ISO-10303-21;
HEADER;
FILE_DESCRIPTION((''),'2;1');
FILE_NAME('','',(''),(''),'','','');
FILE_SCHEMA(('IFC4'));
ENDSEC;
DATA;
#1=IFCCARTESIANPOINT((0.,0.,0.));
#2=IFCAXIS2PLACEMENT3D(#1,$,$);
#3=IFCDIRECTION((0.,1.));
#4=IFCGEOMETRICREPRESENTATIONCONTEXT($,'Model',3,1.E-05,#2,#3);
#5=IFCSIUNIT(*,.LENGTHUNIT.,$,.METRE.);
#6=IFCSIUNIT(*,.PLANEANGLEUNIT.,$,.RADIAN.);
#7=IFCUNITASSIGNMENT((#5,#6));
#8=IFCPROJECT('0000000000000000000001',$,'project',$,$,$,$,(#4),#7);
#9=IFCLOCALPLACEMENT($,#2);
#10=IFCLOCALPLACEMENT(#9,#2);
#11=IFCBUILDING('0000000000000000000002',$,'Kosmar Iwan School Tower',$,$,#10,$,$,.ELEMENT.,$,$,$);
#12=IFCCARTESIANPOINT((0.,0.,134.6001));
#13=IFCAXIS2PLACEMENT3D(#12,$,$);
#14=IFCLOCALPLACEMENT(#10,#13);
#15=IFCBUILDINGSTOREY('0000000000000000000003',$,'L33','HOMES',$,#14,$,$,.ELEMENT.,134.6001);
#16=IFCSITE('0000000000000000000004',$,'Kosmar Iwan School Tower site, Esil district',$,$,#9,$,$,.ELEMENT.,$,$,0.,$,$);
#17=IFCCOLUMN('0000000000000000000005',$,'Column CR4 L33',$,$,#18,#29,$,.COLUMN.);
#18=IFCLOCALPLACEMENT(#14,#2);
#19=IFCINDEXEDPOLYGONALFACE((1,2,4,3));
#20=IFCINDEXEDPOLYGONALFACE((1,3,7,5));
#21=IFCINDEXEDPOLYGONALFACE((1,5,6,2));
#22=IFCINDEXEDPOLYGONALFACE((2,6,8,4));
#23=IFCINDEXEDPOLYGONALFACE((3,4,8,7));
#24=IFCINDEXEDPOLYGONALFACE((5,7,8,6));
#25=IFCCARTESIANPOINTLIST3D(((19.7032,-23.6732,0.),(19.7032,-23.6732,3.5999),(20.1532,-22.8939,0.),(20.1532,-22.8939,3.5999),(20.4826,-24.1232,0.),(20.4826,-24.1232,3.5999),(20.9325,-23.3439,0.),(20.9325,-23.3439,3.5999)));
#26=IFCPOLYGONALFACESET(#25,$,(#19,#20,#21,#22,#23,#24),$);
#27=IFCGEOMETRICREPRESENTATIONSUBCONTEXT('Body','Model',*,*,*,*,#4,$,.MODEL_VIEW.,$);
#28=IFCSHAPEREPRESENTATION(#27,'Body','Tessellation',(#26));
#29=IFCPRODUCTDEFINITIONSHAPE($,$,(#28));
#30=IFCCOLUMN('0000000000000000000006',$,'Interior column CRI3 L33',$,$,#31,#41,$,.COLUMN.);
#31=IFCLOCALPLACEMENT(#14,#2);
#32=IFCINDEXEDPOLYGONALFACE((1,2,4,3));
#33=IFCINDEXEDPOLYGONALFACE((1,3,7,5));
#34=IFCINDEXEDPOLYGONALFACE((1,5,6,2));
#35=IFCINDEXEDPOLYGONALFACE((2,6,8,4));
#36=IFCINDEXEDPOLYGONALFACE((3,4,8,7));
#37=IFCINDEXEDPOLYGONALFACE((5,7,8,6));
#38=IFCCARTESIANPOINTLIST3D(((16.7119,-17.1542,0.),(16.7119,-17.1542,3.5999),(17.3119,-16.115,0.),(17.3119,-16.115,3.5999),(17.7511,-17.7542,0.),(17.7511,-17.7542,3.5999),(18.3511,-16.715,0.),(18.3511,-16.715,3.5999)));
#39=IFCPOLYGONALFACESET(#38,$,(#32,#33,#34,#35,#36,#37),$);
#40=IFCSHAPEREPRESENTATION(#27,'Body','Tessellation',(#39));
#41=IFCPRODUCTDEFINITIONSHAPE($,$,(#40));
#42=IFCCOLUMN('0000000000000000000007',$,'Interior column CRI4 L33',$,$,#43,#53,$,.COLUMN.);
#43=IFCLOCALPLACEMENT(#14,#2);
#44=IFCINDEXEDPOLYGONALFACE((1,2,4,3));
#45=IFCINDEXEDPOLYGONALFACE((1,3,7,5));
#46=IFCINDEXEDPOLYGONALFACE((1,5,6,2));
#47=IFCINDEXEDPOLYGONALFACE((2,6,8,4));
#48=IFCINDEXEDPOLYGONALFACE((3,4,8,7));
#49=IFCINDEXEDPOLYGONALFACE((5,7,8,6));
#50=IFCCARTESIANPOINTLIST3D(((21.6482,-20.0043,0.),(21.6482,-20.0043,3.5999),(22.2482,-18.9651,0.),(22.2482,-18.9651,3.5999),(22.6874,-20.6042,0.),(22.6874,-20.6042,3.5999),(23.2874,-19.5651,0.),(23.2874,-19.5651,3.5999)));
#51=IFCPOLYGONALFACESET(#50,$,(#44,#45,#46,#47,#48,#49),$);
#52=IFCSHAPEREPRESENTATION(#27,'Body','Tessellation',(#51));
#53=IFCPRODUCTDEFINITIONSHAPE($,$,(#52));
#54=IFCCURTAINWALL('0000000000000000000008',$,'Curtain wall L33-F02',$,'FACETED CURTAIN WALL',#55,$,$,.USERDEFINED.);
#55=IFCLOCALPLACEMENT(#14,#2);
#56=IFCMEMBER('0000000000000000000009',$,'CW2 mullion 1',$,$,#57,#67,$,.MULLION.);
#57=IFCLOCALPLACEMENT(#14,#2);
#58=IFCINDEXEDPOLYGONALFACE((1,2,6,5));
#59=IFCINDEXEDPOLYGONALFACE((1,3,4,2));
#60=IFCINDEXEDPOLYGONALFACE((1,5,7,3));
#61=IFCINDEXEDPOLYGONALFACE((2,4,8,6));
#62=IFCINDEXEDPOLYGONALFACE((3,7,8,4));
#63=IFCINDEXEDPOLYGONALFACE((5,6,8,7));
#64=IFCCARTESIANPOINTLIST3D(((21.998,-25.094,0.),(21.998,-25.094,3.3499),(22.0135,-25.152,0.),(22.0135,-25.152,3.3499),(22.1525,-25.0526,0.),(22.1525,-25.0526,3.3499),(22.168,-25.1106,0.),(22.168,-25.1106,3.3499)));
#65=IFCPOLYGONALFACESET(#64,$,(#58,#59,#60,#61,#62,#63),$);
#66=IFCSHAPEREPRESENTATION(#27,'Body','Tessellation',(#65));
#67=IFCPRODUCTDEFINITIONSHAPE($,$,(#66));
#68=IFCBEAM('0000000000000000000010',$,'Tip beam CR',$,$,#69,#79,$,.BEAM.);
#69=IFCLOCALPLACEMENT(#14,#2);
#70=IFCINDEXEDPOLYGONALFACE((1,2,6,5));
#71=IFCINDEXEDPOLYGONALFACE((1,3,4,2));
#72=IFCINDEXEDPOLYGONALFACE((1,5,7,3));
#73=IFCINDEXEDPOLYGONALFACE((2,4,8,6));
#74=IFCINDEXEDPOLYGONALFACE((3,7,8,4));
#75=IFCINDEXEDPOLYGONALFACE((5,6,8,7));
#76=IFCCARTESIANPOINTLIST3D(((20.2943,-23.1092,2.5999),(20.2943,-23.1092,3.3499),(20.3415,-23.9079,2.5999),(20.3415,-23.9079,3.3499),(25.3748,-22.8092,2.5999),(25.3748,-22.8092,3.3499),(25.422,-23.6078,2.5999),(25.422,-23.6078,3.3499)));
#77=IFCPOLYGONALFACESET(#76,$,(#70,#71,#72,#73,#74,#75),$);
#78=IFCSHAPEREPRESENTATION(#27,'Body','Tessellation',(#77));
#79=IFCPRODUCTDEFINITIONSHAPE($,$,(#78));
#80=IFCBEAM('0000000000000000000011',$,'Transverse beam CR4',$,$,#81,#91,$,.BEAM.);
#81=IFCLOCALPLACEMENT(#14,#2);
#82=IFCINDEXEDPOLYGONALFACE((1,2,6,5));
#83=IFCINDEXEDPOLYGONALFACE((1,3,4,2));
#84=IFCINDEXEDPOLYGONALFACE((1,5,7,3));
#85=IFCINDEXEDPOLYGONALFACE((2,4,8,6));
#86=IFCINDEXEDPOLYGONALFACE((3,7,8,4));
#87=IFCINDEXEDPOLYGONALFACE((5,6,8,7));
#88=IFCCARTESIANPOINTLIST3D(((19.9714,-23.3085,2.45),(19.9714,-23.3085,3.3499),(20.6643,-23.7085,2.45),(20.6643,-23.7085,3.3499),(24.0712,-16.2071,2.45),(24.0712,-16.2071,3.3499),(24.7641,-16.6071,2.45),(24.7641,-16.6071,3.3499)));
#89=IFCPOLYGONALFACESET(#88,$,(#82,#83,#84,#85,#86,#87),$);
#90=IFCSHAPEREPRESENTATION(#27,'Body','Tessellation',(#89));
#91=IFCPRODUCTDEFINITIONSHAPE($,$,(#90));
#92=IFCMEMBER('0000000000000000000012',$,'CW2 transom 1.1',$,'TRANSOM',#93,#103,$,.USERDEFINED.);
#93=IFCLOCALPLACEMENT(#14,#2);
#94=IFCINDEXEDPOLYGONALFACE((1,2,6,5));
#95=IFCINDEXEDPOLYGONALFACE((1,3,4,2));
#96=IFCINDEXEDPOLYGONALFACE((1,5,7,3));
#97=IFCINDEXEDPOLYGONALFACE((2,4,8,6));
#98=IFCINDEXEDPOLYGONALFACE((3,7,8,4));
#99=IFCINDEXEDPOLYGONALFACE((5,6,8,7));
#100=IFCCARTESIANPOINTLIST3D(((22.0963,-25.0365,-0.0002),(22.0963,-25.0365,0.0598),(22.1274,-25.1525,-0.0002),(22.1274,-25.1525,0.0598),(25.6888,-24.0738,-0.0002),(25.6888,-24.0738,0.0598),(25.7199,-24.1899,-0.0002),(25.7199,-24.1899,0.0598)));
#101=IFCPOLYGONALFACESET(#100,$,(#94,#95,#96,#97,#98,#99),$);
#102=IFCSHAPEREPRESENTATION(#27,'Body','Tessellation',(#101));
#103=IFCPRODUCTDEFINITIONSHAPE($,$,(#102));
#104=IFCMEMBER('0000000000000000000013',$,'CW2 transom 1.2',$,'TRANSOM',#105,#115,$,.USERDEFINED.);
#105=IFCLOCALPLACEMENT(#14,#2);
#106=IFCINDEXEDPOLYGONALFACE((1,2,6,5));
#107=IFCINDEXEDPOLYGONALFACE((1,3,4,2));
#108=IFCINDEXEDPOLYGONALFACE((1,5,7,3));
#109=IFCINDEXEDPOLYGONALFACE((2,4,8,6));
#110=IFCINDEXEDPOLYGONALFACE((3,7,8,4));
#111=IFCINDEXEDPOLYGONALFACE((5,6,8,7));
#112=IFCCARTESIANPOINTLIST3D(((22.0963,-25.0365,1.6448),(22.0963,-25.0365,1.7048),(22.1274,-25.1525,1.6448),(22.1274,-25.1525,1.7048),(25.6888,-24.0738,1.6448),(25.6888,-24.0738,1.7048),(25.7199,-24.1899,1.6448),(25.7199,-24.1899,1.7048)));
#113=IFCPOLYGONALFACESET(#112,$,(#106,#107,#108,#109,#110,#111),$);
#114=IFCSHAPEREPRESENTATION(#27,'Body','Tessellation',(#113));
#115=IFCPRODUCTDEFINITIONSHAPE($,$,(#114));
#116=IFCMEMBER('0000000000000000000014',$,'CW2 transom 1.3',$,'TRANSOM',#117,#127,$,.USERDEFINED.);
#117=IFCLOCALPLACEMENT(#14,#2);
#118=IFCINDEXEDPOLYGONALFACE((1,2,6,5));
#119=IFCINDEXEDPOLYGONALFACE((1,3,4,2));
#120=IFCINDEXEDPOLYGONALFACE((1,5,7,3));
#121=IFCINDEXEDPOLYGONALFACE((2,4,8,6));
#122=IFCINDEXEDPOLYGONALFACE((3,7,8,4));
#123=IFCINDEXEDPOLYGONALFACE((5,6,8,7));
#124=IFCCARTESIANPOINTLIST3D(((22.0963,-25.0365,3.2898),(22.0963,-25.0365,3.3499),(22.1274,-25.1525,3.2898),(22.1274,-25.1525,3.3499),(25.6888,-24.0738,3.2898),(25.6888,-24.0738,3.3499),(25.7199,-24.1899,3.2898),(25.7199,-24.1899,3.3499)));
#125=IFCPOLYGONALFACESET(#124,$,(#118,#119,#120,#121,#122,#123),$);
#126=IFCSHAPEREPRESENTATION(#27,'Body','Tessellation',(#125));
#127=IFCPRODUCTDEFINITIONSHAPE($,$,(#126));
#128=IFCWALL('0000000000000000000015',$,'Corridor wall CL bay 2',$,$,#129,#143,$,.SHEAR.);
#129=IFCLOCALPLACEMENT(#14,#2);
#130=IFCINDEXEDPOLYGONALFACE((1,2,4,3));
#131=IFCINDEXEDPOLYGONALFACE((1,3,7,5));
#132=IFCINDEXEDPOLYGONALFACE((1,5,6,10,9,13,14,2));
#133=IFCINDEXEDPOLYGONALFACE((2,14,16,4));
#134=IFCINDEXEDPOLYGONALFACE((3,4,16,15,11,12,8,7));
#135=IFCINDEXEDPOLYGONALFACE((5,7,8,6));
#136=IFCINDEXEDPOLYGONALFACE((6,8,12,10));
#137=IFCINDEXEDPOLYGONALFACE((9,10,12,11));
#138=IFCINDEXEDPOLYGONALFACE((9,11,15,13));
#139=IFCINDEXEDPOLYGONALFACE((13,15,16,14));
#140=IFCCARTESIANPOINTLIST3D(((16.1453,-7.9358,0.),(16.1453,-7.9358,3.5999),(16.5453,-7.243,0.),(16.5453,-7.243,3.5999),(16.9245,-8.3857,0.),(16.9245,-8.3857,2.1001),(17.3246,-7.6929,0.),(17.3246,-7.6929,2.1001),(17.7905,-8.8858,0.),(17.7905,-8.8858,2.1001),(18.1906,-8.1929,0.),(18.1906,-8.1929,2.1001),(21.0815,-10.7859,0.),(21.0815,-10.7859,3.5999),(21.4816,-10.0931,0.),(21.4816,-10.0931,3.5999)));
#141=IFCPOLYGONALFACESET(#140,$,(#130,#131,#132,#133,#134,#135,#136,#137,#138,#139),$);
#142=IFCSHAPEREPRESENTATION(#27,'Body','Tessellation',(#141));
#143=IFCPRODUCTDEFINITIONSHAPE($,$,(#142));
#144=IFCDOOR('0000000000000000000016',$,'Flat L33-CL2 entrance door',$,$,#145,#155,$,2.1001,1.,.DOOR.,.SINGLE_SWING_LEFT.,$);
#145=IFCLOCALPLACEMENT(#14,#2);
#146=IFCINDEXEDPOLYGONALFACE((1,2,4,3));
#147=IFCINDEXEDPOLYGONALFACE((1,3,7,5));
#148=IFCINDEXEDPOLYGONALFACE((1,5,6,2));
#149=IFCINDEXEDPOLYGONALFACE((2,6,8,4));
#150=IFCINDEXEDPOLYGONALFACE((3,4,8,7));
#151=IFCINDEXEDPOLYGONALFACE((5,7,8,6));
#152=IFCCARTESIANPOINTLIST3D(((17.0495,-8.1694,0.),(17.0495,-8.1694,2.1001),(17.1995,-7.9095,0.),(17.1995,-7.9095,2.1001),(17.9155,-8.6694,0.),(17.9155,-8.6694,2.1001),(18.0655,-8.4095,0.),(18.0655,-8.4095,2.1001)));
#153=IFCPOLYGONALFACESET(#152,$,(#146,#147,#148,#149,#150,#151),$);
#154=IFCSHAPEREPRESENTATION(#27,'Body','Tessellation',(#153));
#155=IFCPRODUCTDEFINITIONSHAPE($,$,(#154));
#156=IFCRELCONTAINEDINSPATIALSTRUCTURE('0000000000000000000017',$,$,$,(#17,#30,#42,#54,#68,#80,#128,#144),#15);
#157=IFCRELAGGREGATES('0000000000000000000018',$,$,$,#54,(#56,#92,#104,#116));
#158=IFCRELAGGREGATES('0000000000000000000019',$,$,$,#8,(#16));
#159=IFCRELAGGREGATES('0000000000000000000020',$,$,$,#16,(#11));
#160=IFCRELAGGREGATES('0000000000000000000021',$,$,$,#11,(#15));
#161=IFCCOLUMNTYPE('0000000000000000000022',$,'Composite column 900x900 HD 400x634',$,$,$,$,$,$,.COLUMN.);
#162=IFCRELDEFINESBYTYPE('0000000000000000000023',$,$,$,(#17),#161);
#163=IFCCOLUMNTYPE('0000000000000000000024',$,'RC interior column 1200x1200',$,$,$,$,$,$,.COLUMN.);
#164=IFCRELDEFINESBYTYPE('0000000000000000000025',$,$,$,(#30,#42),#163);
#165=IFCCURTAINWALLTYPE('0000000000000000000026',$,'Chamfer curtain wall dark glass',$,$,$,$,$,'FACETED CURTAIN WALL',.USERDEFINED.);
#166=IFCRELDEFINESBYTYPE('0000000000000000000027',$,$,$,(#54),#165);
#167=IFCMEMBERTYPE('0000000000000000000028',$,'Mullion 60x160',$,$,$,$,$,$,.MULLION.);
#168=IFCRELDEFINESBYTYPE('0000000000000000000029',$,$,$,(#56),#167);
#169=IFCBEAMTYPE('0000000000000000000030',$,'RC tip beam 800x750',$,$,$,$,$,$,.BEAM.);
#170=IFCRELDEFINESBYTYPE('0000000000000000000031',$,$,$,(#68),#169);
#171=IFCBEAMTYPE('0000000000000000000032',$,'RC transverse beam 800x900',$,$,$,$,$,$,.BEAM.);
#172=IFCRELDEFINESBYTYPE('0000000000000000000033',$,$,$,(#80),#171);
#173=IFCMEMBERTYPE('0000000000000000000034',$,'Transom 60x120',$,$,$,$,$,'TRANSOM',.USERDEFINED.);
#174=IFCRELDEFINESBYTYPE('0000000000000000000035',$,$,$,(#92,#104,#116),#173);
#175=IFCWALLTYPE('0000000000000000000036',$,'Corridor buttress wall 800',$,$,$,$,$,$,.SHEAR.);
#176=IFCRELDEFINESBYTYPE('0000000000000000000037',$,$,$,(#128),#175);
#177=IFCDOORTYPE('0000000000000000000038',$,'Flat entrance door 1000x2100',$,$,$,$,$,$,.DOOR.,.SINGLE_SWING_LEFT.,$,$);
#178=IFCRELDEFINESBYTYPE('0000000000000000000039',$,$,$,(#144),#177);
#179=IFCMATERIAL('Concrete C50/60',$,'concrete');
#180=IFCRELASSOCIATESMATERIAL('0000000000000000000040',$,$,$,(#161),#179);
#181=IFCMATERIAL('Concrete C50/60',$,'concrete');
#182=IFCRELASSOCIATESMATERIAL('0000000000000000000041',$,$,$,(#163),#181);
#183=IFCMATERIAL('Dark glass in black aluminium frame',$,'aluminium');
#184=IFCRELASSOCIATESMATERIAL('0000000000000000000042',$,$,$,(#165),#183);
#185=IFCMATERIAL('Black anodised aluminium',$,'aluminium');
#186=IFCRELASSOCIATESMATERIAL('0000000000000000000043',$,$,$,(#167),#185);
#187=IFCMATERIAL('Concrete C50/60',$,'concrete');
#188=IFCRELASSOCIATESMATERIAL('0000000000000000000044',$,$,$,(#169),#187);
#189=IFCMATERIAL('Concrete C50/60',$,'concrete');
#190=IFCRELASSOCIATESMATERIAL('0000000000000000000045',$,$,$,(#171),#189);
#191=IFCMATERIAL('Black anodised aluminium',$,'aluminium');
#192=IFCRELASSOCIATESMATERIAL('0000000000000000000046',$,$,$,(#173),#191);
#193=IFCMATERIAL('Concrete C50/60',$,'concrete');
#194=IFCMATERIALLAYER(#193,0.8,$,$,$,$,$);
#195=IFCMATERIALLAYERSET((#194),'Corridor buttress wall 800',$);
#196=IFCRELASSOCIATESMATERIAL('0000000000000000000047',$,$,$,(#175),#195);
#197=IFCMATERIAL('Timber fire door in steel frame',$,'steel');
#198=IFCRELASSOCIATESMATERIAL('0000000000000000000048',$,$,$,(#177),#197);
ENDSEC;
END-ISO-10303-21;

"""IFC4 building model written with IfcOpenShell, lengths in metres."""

from ifc_helpers import new_model, si_unit, direction, frame, frame_2d, origin, origin_2d, place, context, subcontext, project, spatial, rectangle, extrude, material, layer, layer_set, material_profile, profile_set, type_object, element, fill, aggregate, save


model = new_model("IFC4")

# Units and contexts
model_context = context("Model", 3, precision=1e-05, world=origin(), true_north=direction((0.0, 1.0)))
body_context = subcontext(model_context, "Body", "Model", "MODEL_VIEW")
ifc_project = project(units=[si_unit("LENGTHUNIT", "METRE"), si_unit("PLANEANGLEUNIT", "RADIAN")], contexts=[model_context])

# Site, building, storey
site_placement = place(None, origin())
site = spatial("IfcSite", under=ifc_project, at=site_placement, Name="Kosmar Iwan School Tower site, Esil district", CompositionType="ELEMENT", RefElevation=0.0)
building_placement = place(site_placement, origin())
building = spatial("IfcBuilding", under=site, at=building_placement, Name="Kosmar Iwan School Tower", CompositionType="ELEMENT")
storey_placement = place(building_placement, frame((0.0, 0.0, 134.6001)))
storey = spatial("IfcBuildingStorey", under=building, at=storey_placement, Name="L33", Description="HOMES", CompositionType="ELEMENT", Elevation=134.6001)

# Columns
ifc_material_1 = material(Name="Concrete C50/60", Category="concrete")
ifc_material_profile_1 = material_profile(ifc_material_1, rectangle(XDim=0.8999, YDim=0.8999, at=origin_2d()), Name="RC 900x900 + HD 400x634")
ifc_profile_set_1 = profile_set([ifc_material_profile_1], Name="Concrete C50/60")
column_type_1 = type_object("IfcColumnType", Name="Composite column 900x900 HD 400x634", PredefinedType="COLUMN", material=ifc_profile_set_1)
column_placement = place(storey_placement, frame((20.3179, -23.5085, 0.0), z_axis=(0.0, 0.0, 1.0), x_axis=(0.866025, -0.5, 0.0)))
element("IfcColumn", 1, at=column_placement, inside=storey, type_object=column_type_1, Name="Column CR4 L33", PredefinedType="COLUMN", context=body_context, shape_type="SweptSolid", body=[
    extrude(rectangle(XDim=0.8999, YDim=0.8999, at=origin_2d()), origin(), (0.0, 0.0, 1.0), 3.5999),
])
ifc_material_2 = material(Name="Concrete C50/60", Category="concrete")
ifc_material_profile_2 = material_profile(ifc_material_2, rectangle(XDim=1.2, YDim=1.2, at=origin_2d()), Name="RC 1200x1200")
ifc_profile_set_2 = profile_set([ifc_material_profile_2], Name="Concrete C50/60")
column_type_2 = type_object("IfcColumnType", Name="RC interior column 1200x1200", PredefinedType="COLUMN", material=ifc_profile_set_2)
for number, where, z_axis, x_axis, name in (
    (2, (17.5315, -16.9346, 0.0), (0.0, 0.0, 1.0), (0.866025, -0.5, 0.0), "Interior column CRI3 L33"),
    (3, (22.4678, -19.7847, 0.0), (0.0, 0.0, 1.0), (0.866025, -0.5, 0.0), "Interior column CRI4 L33"),
):
    element("IfcColumn", number, at=place(storey_placement, frame(where, z_axis=z_axis, x_axis=x_axis)), inside=storey, type_object=column_type_2, Name=name, PredefinedType="COLUMN", context=body_context, shape_type="SweptSolid", body=[
        extrude(rectangle(XDim=1.2, YDim=1.2, at=origin_2d()), origin(), (0.0, 0.0, 1.0), 3.5999),
    ])

# Curtain wall, member
ifc_material_3 = material(Name="Dark glass in black aluminium frame", Category="aluminium")
curtain_wall_type = type_object("IfcCurtainWallType", Name="Chamfer curtain wall dark glass", ElementType="FACETED CURTAIN WALL", PredefinedType="USERDEFINED", material=ifc_material_3)
curtain_wall_placement = place(storey_placement, origin())
curtain_wall = element("IfcCurtainWall", 4, at=curtain_wall_placement, inside=storey, type_object=curtain_wall_type, Name="Curtain wall L33-F02", ObjectType="FACETED CURTAIN WALL", PredefinedType="USERDEFINED")
ifc_material_4 = material(Name="Black anodised aluminium", Category="aluminium")
ifc_material_profile_3 = material_profile(ifc_material_4, rectangle(XDim=0.0601, YDim=0.1599, at=origin_2d()), Name="MULLION 60x160")
ifc_profile_set_3 = profile_set([ifc_material_profile_3], Name="Black anodised aluminium")
member_type_1 = type_object("IfcMemberType", Name="Mullion 60x160", PredefinedType="MULLION", material=ifc_profile_set_3)
member_1_placement = place(storey_placement, frame((22.083, -25.1023, 0.0), z_axis=(0.0, 0.0, 1.0), x_axis=(-0.258819, 0.965926, 0.0)))
member_1 = element("IfcMember", 5, at=member_1_placement, type_object=member_type_1, Name="CW2 mullion 1", PredefinedType="MULLION", context=body_context, shape_type="SweptSolid", body=[
    extrude(rectangle(XDim=0.0601, YDim=0.1599, at=origin_2d()), origin(), (0.0, 0.0, 1.0), 3.3499),
])

# Beams
ifc_material_5 = material(Name="Concrete C50/60", Category="concrete")
ifc_material_profile_4 = material_profile(ifc_material_5, rectangle(XDim=0.8, YDim=0.75, at=origin_2d()), Name="RC 800x750")
ifc_profile_set_4 = profile_set([ifc_material_profile_4], Name="Concrete C50/60")
beam_type_1 = type_object("IfcBeamType", Name="RC tip beam 800x750", PredefinedType="BEAM", material=ifc_profile_set_4)
beam_1_placement = place(storey_placement, frame((20.3179, -23.5085, 2.9749), z_axis=(0.998261, 0.058955, 0.0), x_axis=(-0.058955, 0.998261, 0.0)))
element("IfcBeam", 6, at=beam_1_placement, inside=storey, type_object=beam_type_1, Name="Tip beam CR", PredefinedType="BEAM", context=body_context, shape_type="SweptSolid", body=[
    extrude(rectangle(XDim=0.8, YDim=0.75, at=origin_2d()), origin(), (0.0, 0.0, 1.0), 5.0894),
])
ifc_material_6 = material(Name="Concrete C50/60", Category="concrete")
ifc_material_profile_5 = material_profile(ifc_material_6, rectangle(XDim=0.8, YDim=0.8999, at=origin_2d()), Name="RC 800x900")
ifc_profile_set_5 = profile_set([ifc_material_profile_5], Name="Concrete C50/60")
beam_type_2 = type_object("IfcBeamType", Name="RC transverse beam 800x900", PredefinedType="BEAM", material=ifc_profile_set_5)
beam_2_placement = place(storey_placement, frame((20.3179, -23.5085, 2.8999), z_axis=(0.499978, 0.866038, 0.0), x_axis=(-0.866038, 0.499978, 0.0)))
element("IfcBeam", 7, at=beam_2_placement, inside=storey, type_object=beam_type_2, Name="Transverse beam CR4", PredefinedType="BEAM", context=body_context, shape_type="SweptSolid", body=[
    extrude(rectangle(XDim=0.8, YDim=0.8999, at=origin_2d()), origin(), (0.0, 0.0, 1.0), 8.2),
])

# Members
ifc_material_7 = material(Name="Black anodised aluminium", Category="aluminium")
ifc_material_profile_6 = material_profile(ifc_material_7, rectangle(XDim=0.1201, YDim=0.0601, at=origin_2d()), Name="TRANSOM 60x120")
ifc_profile_set_6 = profile_set([ifc_material_profile_6], Name="Black anodised aluminium")
member_type_2 = type_object("IfcMemberType", Name="Transom 60x120", ElementType="TRANSOM", PredefinedType="USERDEFINED", material=ifc_profile_set_6)
member_2_placement = place(storey_placement, frame((22.1118, -25.0945, 0.0298), z_axis=(0.965924, 0.258827, 0.0), x_axis=(-0.258827, 0.965924, 0.0)))
member_2 = element("IfcMember", 8, at=member_2_placement, type_object=member_type_2, Name="CW2 transom 1.1", ObjectType="TRANSOM", PredefinedType="USERDEFINED", context=body_context, shape_type="SweptSolid", body=[
    extrude(rectangle(XDim=0.1201, YDim=0.0601, at=origin_2d()), origin(), (0.0, 0.0, 1.0), 3.7192),
])
member_3_placement = place(storey_placement, frame((22.1118, -25.0945, 1.6748), z_axis=(0.965924, 0.258827, 0.0), x_axis=(-0.258827, 0.965924, 0.0)))
member_3 = element("IfcMember", 9, at=member_3_placement, type_object=member_type_2, Name="CW2 transom 1.2", ObjectType="TRANSOM", PredefinedType="USERDEFINED", context=body_context, shape_type="SweptSolid", body=[
    extrude(rectangle(XDim=0.1201, YDim=0.0601, at=origin_2d()), origin(), (0.0, 0.0, 1.0), 3.7192),
])
member_4_placement = place(storey_placement, frame((22.1118, -25.0945, 3.3198), z_axis=(0.965924, 0.258827, 0.0), x_axis=(-0.258827, 0.965924, 0.0)))
member_4 = element("IfcMember", 10, at=member_4_placement, type_object=member_type_2, Name="CW2 transom 1.3", ObjectType="TRANSOM", PredefinedType="USERDEFINED", context=body_context, shape_type="SweptSolid", body=[
    extrude(rectangle(XDim=0.1201, YDim=0.0601, at=origin_2d()), origin(), (0.0, 0.0, 1.0), 3.7192),
])
aggregate(curtain_wall, [member_1, member_2, member_3, member_4])

# Wall, opening, door
ifc_material_8 = material(Name="Concrete C50/60", Category="concrete")
ifc_layer_1 = layer(ifc_material_8, 0.8)
ifc_layer_set_1 = layer_set([ifc_layer_1], Name="Corridor buttress wall 800")
wall_type_1 = type_object("IfcWallType", Name="Corridor buttress wall 800", PredefinedType="SHEAR", material=ifc_layer_set_1)
wall_1_placement = place(storey_placement, frame((16.3452, -7.5894, 0.0), z_axis=(0.0, 0.0, 1.0), x_axis=(0.866015, -0.500018, 0.0)))
wall_1 = element("IfcWall", 11, at=wall_1_placement, inside=storey, type_object=wall_type_1, Name="Corridor wall CL bay 2", PredefinedType="SHEAR", context=body_context, shape_type="SweptSolid", body=[
    extrude(rectangle(XDim=5.7, YDim=0.8, at=frame_2d((2.8501, 0.0))), origin(), (0.0, 0.0, 1.0), 3.5999),
])
opening_1_placement = place(wall_1_placement, frame((0.8999, 0.0, 0.0)))
opening_1 = element("IfcOpeningElement", 12, at=opening_1_placement, cuts=wall_1, PredefinedType="OPENING", context=body_context, shape_type="SweptSolid", body=[
    extrude(rectangle(XDim=1.0, YDim=2.1001, at=frame_2d((0.5, 1.05))), frame((0.0, 0.4121, 0.0), z_axis=(0.0, -1.0, 0.0), x_axis=(1.0, 0.0, 0.0)), (0.0, 0.0, 1.0), 0.824),
])
ifc_material_9 = material(Name="Timber fire door in steel frame", Category="steel")
door_type_1 = type_object("IfcDoorType", Name="Flat entrance door 1000x2100", OperationType="SINGLE_SWING_LEFT", PredefinedType="DOOR", material=ifc_material_9)
door_1_placement = place(opening_1_placement, origin())
door_1 = element("IfcDoor", 13, at=door_1_placement, inside=storey, type_object=door_type_1, Name="Flat L33-CL2 entrance door", OperationType="SINGLE_SWING_LEFT", OverallHeight=2.1001, OverallWidth=1.0, PredefinedType="DOOR", context=body_context, shape_type="SweptSolid", body=[
    extrude(rectangle(XDim=1.0, YDim=2.1001, at=frame_2d((0.5, 1.05))), frame((0.0, 0.1499, 0.0), z_axis=(0.0, -1.0, 0.0), x_axis=(1.0, 0.0, 0.0)), (0.0, 0.0, 1.0), 0.3),
])
fill(opening_1, door_1)

save(model, "model.ifc")
